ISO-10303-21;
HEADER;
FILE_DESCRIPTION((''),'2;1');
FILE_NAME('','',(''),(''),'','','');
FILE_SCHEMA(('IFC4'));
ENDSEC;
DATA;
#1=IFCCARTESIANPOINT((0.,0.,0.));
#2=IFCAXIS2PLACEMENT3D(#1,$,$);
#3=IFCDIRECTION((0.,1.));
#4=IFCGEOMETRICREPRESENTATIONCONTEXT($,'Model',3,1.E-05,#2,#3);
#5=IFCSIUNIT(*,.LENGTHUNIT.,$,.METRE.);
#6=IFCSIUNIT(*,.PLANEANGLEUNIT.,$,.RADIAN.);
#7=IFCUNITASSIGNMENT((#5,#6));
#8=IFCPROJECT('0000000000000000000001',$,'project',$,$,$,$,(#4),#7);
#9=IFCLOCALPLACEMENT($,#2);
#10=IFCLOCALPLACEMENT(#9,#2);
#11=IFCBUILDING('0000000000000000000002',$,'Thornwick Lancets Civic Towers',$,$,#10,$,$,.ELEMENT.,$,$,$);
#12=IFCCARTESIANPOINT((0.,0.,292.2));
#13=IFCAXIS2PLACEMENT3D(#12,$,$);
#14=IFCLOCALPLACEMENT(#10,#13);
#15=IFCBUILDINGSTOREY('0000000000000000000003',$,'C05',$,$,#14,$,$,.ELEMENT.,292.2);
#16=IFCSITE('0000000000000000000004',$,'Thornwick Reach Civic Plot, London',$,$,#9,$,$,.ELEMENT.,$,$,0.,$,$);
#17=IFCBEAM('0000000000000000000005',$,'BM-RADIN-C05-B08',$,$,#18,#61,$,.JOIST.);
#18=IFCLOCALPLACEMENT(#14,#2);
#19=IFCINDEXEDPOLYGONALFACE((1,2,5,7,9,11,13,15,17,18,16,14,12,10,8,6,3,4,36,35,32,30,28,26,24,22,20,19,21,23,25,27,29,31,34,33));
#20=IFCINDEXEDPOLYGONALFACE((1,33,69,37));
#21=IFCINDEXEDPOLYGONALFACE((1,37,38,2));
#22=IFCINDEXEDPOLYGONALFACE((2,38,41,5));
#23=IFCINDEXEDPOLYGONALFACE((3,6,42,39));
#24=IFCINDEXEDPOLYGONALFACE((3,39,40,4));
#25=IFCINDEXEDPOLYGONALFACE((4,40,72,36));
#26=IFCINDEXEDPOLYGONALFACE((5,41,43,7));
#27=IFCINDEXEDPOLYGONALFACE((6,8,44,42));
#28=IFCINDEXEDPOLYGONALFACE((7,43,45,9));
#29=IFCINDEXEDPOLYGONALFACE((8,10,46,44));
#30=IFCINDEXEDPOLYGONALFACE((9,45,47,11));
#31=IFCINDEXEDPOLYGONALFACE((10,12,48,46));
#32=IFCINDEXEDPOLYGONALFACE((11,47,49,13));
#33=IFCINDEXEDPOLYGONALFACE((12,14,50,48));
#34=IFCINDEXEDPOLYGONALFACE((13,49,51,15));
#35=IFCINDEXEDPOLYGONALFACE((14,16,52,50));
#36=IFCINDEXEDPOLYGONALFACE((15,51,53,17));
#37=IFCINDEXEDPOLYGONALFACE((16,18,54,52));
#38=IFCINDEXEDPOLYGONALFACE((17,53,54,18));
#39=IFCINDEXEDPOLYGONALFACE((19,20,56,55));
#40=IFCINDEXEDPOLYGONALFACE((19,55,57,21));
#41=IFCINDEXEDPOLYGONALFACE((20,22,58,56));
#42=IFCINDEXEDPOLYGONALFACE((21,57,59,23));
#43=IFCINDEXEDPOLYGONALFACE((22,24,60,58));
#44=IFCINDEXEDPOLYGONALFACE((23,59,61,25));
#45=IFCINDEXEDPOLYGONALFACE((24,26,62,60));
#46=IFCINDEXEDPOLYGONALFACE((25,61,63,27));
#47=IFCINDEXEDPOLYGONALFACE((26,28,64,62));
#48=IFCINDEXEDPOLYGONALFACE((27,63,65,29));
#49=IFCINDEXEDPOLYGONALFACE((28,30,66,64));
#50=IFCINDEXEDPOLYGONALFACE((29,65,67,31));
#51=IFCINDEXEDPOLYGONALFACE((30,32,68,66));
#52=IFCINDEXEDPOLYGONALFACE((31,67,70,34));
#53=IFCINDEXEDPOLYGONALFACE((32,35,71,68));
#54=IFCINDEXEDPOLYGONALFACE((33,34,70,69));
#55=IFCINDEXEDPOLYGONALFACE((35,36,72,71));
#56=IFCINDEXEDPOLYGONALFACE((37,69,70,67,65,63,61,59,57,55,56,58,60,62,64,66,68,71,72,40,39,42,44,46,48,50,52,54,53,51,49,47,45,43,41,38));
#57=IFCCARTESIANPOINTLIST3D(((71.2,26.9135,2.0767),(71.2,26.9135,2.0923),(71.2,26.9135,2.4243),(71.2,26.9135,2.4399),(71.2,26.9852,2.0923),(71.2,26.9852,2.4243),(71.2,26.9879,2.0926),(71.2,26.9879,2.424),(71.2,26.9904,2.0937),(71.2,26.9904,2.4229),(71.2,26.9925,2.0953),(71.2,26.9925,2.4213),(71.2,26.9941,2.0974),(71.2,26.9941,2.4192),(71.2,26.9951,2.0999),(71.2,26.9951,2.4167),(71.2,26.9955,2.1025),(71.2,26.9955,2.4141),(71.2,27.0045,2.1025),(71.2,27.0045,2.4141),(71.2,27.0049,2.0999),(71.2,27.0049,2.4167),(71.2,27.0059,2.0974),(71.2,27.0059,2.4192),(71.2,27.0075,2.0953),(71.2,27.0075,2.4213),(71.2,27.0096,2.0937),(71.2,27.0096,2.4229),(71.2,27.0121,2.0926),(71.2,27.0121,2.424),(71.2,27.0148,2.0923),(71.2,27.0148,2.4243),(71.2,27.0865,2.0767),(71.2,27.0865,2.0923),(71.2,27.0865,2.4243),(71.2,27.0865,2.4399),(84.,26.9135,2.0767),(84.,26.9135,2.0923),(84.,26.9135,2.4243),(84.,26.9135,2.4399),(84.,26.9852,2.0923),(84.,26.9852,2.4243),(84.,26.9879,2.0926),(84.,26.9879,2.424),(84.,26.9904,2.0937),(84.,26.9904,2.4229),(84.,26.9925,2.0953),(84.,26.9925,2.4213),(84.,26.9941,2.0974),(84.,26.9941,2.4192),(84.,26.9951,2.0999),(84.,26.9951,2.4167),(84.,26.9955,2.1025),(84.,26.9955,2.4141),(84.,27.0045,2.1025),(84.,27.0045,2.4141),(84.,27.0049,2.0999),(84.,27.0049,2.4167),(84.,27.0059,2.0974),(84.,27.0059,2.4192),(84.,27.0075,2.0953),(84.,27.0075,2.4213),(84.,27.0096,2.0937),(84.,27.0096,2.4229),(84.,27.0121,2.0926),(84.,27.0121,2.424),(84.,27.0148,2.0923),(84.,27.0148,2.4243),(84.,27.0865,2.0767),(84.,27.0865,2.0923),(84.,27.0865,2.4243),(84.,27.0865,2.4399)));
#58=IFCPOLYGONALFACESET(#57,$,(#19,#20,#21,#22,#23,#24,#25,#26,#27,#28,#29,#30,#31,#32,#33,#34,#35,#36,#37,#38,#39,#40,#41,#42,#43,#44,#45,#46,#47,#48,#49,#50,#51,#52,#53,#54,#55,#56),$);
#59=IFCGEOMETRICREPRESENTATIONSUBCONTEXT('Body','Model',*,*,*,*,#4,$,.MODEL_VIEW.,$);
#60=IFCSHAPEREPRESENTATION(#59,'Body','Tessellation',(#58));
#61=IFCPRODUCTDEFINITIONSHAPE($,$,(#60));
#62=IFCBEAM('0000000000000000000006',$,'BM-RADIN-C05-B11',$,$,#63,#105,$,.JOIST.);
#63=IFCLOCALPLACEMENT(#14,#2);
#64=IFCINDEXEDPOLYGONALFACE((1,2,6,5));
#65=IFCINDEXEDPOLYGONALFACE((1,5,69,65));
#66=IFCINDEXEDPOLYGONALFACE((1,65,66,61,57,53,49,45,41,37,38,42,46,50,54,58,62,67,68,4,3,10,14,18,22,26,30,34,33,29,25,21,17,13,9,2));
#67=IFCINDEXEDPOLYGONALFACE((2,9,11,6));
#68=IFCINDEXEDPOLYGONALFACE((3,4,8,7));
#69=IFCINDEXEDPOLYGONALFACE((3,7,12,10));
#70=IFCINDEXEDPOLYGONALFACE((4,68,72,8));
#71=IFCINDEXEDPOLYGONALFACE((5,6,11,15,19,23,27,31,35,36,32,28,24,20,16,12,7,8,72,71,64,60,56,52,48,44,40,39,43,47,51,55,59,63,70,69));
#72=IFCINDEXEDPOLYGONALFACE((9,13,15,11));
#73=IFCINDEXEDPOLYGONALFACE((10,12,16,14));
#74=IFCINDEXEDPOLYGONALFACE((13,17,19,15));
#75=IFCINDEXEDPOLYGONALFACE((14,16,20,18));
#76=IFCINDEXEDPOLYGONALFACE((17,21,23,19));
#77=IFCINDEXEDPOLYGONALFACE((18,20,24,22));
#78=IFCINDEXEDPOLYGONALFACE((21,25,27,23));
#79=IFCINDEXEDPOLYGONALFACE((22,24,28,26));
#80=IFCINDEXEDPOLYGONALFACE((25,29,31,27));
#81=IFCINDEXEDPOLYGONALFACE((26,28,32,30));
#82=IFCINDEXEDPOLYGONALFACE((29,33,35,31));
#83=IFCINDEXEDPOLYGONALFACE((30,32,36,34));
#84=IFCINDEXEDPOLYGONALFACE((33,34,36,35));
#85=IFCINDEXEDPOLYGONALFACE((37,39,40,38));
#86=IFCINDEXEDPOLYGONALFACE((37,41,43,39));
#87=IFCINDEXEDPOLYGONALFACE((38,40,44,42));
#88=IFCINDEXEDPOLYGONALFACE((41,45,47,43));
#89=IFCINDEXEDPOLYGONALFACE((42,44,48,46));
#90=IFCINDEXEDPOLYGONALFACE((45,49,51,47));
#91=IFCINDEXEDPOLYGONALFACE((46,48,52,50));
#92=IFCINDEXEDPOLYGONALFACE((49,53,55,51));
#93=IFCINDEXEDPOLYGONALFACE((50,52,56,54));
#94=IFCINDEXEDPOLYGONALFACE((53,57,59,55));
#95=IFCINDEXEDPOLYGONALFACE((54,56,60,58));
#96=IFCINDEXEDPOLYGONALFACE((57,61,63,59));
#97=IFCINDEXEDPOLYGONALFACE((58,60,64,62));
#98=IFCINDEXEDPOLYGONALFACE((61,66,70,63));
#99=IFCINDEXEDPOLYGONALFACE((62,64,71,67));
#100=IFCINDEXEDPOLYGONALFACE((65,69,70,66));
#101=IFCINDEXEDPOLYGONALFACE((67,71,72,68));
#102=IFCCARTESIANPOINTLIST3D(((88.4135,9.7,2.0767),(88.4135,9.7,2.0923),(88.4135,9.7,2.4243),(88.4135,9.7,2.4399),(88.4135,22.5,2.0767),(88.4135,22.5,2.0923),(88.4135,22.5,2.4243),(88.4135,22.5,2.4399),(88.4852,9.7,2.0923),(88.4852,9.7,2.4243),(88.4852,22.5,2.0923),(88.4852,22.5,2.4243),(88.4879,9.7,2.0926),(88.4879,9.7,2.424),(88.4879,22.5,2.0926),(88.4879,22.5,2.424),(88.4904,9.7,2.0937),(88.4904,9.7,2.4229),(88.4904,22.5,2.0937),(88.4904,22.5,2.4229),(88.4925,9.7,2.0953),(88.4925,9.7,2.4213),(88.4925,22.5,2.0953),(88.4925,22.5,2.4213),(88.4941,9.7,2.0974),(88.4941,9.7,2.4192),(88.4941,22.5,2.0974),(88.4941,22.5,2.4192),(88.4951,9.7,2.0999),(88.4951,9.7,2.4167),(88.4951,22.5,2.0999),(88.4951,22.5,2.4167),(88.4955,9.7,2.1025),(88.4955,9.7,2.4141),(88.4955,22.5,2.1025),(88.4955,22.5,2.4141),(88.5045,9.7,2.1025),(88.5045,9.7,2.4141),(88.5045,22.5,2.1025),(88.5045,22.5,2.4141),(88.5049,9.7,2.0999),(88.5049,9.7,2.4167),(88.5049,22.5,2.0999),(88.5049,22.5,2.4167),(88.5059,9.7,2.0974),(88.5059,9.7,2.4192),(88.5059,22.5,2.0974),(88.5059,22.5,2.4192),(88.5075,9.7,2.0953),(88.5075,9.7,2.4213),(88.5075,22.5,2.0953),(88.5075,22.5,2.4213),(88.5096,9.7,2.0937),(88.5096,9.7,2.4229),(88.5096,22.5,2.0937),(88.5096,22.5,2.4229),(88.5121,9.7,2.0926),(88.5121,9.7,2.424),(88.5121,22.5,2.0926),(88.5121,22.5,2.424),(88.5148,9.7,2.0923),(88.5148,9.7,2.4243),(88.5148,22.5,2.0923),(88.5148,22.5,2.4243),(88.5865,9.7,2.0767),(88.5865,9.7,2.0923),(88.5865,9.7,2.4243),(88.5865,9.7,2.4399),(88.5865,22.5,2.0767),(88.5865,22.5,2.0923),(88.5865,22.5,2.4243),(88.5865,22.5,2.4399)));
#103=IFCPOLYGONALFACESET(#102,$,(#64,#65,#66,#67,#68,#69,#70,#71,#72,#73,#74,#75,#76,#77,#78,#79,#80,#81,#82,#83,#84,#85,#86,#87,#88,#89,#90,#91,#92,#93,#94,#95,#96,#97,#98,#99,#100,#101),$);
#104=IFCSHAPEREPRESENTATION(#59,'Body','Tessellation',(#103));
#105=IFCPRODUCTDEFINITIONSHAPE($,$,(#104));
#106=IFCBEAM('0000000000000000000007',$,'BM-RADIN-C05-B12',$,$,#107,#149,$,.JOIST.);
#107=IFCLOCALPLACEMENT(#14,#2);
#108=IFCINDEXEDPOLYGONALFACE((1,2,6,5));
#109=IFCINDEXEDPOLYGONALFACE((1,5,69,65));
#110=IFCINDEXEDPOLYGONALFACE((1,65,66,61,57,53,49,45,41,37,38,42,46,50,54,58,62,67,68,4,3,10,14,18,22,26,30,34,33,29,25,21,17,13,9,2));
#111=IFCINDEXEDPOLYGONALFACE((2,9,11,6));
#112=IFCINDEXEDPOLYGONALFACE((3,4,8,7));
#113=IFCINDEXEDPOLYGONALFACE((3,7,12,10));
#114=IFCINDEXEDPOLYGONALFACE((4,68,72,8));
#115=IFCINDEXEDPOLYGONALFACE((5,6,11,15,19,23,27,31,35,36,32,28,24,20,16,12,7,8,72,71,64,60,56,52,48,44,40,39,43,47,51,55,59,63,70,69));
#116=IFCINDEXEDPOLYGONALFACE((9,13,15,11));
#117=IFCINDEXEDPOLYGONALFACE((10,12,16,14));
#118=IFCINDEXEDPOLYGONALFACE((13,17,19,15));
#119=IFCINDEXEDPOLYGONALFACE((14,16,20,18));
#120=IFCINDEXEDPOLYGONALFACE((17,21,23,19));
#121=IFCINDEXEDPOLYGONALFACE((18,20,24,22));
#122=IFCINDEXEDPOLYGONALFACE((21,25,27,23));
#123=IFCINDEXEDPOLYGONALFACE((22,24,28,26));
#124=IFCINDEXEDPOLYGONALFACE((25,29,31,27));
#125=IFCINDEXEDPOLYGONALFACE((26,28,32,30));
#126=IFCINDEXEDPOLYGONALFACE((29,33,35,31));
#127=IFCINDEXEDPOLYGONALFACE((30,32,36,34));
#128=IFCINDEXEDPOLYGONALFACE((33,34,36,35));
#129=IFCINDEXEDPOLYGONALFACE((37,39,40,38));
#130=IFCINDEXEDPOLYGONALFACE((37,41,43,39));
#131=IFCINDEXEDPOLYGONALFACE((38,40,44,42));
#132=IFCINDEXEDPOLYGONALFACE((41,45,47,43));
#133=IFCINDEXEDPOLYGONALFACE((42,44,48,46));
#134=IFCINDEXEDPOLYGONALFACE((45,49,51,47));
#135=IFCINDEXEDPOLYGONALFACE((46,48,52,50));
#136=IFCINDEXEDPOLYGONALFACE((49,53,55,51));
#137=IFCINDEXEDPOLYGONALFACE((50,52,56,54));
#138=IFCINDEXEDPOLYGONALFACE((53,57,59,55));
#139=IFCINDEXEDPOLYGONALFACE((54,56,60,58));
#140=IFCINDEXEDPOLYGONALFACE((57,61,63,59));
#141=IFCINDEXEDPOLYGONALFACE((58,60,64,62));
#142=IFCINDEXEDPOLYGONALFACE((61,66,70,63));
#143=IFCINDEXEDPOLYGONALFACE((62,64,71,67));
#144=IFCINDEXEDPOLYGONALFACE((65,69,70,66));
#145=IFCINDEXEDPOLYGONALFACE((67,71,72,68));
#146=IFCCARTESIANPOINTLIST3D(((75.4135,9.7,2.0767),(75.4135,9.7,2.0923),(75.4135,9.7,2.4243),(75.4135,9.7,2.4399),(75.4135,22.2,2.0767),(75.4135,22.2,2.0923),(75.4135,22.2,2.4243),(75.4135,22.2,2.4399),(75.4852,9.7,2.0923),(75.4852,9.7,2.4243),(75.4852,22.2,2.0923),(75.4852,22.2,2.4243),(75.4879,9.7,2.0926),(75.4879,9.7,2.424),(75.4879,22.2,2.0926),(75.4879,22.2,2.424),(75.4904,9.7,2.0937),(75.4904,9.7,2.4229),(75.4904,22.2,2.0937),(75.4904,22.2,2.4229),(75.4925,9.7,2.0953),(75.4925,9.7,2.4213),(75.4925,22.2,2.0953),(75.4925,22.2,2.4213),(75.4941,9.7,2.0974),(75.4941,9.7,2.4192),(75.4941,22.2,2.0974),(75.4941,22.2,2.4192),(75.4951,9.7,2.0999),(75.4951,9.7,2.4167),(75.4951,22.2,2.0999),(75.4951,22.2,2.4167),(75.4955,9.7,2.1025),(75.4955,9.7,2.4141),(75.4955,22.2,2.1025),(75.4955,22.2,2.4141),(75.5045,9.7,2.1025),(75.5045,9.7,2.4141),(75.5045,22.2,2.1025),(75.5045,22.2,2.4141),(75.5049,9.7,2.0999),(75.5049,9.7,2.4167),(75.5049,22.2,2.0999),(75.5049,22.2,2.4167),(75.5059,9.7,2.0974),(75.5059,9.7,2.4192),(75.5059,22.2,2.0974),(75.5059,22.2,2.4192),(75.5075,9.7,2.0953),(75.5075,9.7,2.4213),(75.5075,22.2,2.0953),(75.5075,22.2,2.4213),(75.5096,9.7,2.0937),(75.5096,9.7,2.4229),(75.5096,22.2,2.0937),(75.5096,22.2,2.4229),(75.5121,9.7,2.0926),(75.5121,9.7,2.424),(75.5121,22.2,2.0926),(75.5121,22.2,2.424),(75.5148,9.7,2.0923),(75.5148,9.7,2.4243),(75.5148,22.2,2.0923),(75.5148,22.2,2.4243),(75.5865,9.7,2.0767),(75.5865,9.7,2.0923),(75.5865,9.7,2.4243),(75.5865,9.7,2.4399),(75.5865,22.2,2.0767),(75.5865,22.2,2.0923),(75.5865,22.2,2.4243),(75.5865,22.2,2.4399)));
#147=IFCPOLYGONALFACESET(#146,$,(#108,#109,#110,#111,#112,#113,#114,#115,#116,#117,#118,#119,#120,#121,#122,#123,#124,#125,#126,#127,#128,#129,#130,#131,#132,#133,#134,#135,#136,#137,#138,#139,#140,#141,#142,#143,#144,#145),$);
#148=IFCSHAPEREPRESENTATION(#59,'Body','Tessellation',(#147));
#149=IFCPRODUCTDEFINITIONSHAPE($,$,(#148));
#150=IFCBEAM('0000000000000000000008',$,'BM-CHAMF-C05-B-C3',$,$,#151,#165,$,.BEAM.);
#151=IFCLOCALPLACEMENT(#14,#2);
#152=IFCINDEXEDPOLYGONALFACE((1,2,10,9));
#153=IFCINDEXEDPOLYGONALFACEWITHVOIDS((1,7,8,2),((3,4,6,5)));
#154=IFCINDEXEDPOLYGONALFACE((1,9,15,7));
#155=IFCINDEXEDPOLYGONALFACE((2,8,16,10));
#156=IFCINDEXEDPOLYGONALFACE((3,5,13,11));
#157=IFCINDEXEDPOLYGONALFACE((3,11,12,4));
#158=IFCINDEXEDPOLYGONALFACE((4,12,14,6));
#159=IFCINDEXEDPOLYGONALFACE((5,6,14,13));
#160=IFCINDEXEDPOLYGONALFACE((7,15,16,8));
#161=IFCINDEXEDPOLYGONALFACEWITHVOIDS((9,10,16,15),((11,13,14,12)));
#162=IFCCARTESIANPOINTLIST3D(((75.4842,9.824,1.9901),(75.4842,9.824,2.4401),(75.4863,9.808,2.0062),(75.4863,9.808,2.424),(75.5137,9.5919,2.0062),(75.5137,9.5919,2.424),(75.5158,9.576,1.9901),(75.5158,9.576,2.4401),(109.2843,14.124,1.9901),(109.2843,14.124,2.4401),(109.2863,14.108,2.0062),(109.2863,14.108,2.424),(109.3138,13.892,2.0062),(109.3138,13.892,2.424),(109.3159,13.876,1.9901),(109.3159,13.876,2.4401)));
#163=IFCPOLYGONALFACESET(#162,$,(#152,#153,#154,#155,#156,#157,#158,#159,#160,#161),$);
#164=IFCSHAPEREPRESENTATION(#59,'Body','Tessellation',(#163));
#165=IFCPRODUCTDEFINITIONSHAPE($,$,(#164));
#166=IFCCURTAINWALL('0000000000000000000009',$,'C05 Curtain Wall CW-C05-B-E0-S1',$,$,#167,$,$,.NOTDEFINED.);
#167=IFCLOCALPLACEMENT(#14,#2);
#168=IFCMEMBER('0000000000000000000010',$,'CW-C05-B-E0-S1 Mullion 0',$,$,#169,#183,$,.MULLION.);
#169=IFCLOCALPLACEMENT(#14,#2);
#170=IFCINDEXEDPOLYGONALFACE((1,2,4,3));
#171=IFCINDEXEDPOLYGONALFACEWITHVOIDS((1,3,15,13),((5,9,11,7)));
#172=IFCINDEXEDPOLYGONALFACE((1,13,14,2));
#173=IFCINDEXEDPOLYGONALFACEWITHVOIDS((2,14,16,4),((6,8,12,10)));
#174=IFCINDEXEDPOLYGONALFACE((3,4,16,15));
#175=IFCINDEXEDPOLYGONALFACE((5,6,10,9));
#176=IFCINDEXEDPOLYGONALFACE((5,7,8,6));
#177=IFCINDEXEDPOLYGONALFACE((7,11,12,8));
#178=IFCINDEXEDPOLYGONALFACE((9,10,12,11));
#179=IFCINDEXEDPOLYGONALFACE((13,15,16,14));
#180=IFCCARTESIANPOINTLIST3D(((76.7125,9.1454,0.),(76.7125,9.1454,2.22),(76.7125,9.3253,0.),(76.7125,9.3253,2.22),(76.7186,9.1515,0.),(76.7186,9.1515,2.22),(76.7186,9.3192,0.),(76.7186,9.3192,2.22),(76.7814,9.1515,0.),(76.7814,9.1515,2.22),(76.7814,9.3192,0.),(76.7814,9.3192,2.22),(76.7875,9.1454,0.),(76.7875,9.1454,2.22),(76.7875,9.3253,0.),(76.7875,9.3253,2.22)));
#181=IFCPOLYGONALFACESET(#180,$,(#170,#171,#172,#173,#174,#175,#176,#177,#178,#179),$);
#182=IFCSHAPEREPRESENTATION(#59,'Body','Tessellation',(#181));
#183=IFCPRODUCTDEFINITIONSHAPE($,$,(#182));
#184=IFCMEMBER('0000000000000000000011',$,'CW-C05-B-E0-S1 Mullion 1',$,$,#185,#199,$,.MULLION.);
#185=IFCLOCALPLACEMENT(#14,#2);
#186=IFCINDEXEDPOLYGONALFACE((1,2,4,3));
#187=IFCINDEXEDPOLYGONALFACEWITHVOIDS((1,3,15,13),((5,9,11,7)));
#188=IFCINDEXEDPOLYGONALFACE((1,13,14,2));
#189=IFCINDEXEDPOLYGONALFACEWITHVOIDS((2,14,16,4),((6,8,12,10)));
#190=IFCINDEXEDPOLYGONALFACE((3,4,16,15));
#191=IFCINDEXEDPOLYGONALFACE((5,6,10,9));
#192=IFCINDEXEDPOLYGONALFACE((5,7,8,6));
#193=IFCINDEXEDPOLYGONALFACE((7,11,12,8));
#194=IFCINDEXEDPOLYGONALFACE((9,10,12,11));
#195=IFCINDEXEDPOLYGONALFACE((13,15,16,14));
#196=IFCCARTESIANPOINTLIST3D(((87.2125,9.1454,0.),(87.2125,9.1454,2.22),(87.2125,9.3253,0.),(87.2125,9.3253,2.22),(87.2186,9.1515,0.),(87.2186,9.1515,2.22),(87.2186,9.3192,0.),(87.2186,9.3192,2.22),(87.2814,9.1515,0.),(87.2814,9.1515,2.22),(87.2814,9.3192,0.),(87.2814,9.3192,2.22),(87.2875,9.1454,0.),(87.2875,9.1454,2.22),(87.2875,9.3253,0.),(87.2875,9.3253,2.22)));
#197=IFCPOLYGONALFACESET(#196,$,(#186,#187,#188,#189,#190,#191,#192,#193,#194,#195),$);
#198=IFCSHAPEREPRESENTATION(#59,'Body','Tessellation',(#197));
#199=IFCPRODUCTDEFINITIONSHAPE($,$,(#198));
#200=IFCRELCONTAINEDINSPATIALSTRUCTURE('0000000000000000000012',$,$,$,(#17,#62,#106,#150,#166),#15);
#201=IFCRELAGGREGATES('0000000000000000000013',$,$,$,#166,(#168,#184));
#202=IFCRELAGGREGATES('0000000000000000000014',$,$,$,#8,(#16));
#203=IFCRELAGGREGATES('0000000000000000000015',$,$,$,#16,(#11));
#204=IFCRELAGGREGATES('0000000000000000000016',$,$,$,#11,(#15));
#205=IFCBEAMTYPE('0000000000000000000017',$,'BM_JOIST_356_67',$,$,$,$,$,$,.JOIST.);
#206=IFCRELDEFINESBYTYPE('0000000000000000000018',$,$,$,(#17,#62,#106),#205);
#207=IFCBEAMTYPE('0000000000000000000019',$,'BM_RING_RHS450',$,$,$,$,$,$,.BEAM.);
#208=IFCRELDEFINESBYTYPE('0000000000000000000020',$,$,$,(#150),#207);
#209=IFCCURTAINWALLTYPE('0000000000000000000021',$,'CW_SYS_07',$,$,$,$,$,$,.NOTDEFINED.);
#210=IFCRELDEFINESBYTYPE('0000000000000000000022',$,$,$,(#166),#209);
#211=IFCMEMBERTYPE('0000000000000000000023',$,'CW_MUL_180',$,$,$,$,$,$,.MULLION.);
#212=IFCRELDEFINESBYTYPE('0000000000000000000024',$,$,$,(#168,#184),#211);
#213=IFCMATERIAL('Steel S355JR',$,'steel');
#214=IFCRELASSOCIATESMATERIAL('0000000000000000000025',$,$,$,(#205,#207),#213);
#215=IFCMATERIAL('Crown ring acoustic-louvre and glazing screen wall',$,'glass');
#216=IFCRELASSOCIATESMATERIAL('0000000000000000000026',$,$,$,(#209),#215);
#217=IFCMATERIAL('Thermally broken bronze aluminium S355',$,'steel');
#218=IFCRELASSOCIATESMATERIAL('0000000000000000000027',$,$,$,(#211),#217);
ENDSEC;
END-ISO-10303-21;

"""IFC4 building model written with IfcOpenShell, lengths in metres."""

from ifc_helpers import new_model, si_unit, direction, frame, origin, origin_2d, place, context, subcontext, project, spatial, hollow_rectangle, i_section, extrude, material, material_profile, profile_set, type_object, element, aggregate, save


model = new_model("IFC4")

# Units and contexts
model_context = context("Model", 3, precision=1e-05, world=origin(), true_north=direction((0.0, 1.0)))
body_context = subcontext(model_context, "Body", "Model", "MODEL_VIEW")
ifc_project = project(units=[si_unit("LENGTHUNIT", "METRE"), si_unit("PLANEANGLEUNIT", "RADIAN")], contexts=[model_context])

# Site, building, storey
site_placement = place(None, origin())
site = spatial("IfcSite", under=ifc_project, at=site_placement, Name="Thornwick Reach Civic Plot, London", CompositionType="ELEMENT", RefElevation=0.0)
building_placement = place(site_placement, origin())
building = spatial("IfcBuilding", under=site, at=building_placement, Name="Thornwick Lancets Civic Towers", CompositionType="ELEMENT")
storey_placement = place(building_placement, frame((0.0, 0.0, 292.2)))
storey = spatial("IfcBuildingStorey", under=building, at=storey_placement, Name="C05", CompositionType="ELEMENT", Elevation=292.2)

# Shared definitions
ifc_material_1 = material(Name="Steel S355JR", Category="steel")

# Beams
ifc_material_profile_1 = material_profile(ifc_material_1, i_section(OverallWidth=0.1731, OverallDepth=0.3633, WebThickness=0.009, FlangeThickness=0.0156, FilletRadius=0.0103, at=origin_2d()), Name="UKB 356x171x67")
ifc_profile_set_1 = profile_set([ifc_material_profile_1], Name="Steel S355JR")
beam_type_1 = type_object("IfcBeamType", Name="BM_JOIST_356_67", PredefinedType="JOIST", material=ifc_profile_set_1)
for number, where, z_axis, x_axis, name in (
    (1, (84.0, 27.0, 2.2583), (-1.0, 0.0, 0.0), (0.0, -1.0, 0.0), "BM-RADIN-C05-B08"),
    (2, (88.5, 22.5, 2.2583), (0.0, -1.0, 0.0), (1.0, 0.0, 0.0), "BM-RADIN-C05-B11"),
):
    element("IfcBeam", number, at=place(storey_placement, frame(where, z_axis=z_axis, x_axis=x_axis)), inside=storey, type_object=beam_type_1, Name=name, PredefinedType="JOIST", context=body_context, shape_type="SweptSolid", body=[
        extrude(i_section(OverallWidth=0.1731, OverallDepth=0.3633, WebThickness=0.009, FlangeThickness=0.0156, FilletRadius=0.0103, at=origin_2d()), origin(), (0.0, 0.0, 1.0), 12.8),
    ])
beam_1_placement = place(storey_placement, frame((75.5, 22.2, 2.2583), z_axis=(0.0, -1.0, 0.0), x_axis=(1.0, 0.0, 0.0)))
element("IfcBeam", 3, at=beam_1_placement, inside=storey, type_object=beam_type_1, Name="BM-RADIN-C05-B12", PredefinedType="JOIST", context=body_context, shape_type="SweptSolid", body=[
    extrude(i_section(OverallWidth=0.1731, OverallDepth=0.3633, WebThickness=0.009, FlangeThickness=0.0156, FilletRadius=0.0103, at=origin_2d()), origin(), (0.0, 0.0, 1.0), 12.5),
])
ifc_material_profile_2 = material_profile(ifc_material_1, hollow_rectangle(XDim=0.25, YDim=0.45, WallThickness=0.0161, at=origin_2d()), Name="RHS 450x250x16")
ifc_profile_set_2 = profile_set([ifc_material_profile_2], Name="Steel S355JR")
beam_type_2 = type_object("IfcBeamType", Name="BM_RING_RHS450", PredefinedType="BEAM", material=ifc_profile_set_2)
beam_2_placement = place(storey_placement, frame((75.5, 9.7, 2.2151), z_axis=(0.992004, 0.126203, 0.0), x_axis=(-0.126203, 0.992004, 0.0)))
element("IfcBeam", 4, at=beam_2_placement, inside=storey, type_object=beam_type_2, Name="BM-CHAMF-C05-B-C3", PredefinedType="BEAM", context=body_context, shape_type="SweptSolid", body=[
    extrude(hollow_rectangle(XDim=0.25, YDim=0.45, WallThickness=0.0161, at=origin_2d()), origin(), (0.0, 0.0, 1.0), 34.0725),
])

# Curtain wall, members
ifc_material_2 = material(Name="Crown ring acoustic-louvre and glazing screen wall", Category="glass")
curtain_wall_type = type_object("IfcCurtainWallType", Name="CW_SYS_07", PredefinedType="NOTDEFINED", material=ifc_material_2)
curtain_wall_1_placement = place(storey_placement, origin())
curtain_wall_1 = element("IfcCurtainWall", 5, at=curtain_wall_1_placement, inside=storey, type_object=curtain_wall_type, Name="C05 Curtain Wall CW-C05-B-E0-S1", PredefinedType="NOTDEFINED")
ifc_material_3 = material(Name="Thermally broken bronze aluminium S355", Category="steel")
ifc_material_profile_3 = material_profile(ifc_material_3, hollow_rectangle(XDim=0.075, YDim=0.1799, WallThickness=0.0061, at=origin_2d()), Name="RHS 180x75x6")
ifc_profile_set_3 = profile_set([ifc_material_profile_3], Name="Thermally broken bronze aluminium S355")
member_type_1 = type_object("IfcMemberType", Name="CW_MUL_180", PredefinedType="MULLION", material=ifc_profile_set_3)
member_1_placement = place(storey_placement, frame((76.75, 9.2354, 0.0), z_axis=(0.0, 0.0, 1.0), x_axis=(1.0, 0.0, 0.0)))
member_1 = element("IfcMember", 6, at=member_1_placement, type_object=member_type_1, Name="CW-C05-B-E0-S1 Mullion 0", PredefinedType="MULLION", context=body_context, shape_type="SweptSolid", body=[
    extrude(hollow_rectangle(XDim=0.075, YDim=0.1799, WallThickness=0.0061, at=origin_2d()), origin(), (0.0, 0.0, 1.0), 2.22),
])
member_2_placement = place(storey_placement, frame((87.25, 9.2354, 0.0), z_axis=(0.0, 0.0, 1.0), x_axis=(1.0, 0.0, 0.0)))
member_2 = element("IfcMember", 7, at=member_2_placement, type_object=member_type_1, Name="CW-C05-B-E0-S1 Mullion 1", PredefinedType="MULLION", context=body_context, shape_type="SweptSolid", body=[
    extrude(hollow_rectangle(XDim=0.075, YDim=0.1799, WallThickness=0.0061, at=origin_2d()), origin(), (0.0, 0.0, 1.0), 2.22),
])

aggregate(curtain_wall_1, [member_1, member_2])

save(model, "model.ifc")
